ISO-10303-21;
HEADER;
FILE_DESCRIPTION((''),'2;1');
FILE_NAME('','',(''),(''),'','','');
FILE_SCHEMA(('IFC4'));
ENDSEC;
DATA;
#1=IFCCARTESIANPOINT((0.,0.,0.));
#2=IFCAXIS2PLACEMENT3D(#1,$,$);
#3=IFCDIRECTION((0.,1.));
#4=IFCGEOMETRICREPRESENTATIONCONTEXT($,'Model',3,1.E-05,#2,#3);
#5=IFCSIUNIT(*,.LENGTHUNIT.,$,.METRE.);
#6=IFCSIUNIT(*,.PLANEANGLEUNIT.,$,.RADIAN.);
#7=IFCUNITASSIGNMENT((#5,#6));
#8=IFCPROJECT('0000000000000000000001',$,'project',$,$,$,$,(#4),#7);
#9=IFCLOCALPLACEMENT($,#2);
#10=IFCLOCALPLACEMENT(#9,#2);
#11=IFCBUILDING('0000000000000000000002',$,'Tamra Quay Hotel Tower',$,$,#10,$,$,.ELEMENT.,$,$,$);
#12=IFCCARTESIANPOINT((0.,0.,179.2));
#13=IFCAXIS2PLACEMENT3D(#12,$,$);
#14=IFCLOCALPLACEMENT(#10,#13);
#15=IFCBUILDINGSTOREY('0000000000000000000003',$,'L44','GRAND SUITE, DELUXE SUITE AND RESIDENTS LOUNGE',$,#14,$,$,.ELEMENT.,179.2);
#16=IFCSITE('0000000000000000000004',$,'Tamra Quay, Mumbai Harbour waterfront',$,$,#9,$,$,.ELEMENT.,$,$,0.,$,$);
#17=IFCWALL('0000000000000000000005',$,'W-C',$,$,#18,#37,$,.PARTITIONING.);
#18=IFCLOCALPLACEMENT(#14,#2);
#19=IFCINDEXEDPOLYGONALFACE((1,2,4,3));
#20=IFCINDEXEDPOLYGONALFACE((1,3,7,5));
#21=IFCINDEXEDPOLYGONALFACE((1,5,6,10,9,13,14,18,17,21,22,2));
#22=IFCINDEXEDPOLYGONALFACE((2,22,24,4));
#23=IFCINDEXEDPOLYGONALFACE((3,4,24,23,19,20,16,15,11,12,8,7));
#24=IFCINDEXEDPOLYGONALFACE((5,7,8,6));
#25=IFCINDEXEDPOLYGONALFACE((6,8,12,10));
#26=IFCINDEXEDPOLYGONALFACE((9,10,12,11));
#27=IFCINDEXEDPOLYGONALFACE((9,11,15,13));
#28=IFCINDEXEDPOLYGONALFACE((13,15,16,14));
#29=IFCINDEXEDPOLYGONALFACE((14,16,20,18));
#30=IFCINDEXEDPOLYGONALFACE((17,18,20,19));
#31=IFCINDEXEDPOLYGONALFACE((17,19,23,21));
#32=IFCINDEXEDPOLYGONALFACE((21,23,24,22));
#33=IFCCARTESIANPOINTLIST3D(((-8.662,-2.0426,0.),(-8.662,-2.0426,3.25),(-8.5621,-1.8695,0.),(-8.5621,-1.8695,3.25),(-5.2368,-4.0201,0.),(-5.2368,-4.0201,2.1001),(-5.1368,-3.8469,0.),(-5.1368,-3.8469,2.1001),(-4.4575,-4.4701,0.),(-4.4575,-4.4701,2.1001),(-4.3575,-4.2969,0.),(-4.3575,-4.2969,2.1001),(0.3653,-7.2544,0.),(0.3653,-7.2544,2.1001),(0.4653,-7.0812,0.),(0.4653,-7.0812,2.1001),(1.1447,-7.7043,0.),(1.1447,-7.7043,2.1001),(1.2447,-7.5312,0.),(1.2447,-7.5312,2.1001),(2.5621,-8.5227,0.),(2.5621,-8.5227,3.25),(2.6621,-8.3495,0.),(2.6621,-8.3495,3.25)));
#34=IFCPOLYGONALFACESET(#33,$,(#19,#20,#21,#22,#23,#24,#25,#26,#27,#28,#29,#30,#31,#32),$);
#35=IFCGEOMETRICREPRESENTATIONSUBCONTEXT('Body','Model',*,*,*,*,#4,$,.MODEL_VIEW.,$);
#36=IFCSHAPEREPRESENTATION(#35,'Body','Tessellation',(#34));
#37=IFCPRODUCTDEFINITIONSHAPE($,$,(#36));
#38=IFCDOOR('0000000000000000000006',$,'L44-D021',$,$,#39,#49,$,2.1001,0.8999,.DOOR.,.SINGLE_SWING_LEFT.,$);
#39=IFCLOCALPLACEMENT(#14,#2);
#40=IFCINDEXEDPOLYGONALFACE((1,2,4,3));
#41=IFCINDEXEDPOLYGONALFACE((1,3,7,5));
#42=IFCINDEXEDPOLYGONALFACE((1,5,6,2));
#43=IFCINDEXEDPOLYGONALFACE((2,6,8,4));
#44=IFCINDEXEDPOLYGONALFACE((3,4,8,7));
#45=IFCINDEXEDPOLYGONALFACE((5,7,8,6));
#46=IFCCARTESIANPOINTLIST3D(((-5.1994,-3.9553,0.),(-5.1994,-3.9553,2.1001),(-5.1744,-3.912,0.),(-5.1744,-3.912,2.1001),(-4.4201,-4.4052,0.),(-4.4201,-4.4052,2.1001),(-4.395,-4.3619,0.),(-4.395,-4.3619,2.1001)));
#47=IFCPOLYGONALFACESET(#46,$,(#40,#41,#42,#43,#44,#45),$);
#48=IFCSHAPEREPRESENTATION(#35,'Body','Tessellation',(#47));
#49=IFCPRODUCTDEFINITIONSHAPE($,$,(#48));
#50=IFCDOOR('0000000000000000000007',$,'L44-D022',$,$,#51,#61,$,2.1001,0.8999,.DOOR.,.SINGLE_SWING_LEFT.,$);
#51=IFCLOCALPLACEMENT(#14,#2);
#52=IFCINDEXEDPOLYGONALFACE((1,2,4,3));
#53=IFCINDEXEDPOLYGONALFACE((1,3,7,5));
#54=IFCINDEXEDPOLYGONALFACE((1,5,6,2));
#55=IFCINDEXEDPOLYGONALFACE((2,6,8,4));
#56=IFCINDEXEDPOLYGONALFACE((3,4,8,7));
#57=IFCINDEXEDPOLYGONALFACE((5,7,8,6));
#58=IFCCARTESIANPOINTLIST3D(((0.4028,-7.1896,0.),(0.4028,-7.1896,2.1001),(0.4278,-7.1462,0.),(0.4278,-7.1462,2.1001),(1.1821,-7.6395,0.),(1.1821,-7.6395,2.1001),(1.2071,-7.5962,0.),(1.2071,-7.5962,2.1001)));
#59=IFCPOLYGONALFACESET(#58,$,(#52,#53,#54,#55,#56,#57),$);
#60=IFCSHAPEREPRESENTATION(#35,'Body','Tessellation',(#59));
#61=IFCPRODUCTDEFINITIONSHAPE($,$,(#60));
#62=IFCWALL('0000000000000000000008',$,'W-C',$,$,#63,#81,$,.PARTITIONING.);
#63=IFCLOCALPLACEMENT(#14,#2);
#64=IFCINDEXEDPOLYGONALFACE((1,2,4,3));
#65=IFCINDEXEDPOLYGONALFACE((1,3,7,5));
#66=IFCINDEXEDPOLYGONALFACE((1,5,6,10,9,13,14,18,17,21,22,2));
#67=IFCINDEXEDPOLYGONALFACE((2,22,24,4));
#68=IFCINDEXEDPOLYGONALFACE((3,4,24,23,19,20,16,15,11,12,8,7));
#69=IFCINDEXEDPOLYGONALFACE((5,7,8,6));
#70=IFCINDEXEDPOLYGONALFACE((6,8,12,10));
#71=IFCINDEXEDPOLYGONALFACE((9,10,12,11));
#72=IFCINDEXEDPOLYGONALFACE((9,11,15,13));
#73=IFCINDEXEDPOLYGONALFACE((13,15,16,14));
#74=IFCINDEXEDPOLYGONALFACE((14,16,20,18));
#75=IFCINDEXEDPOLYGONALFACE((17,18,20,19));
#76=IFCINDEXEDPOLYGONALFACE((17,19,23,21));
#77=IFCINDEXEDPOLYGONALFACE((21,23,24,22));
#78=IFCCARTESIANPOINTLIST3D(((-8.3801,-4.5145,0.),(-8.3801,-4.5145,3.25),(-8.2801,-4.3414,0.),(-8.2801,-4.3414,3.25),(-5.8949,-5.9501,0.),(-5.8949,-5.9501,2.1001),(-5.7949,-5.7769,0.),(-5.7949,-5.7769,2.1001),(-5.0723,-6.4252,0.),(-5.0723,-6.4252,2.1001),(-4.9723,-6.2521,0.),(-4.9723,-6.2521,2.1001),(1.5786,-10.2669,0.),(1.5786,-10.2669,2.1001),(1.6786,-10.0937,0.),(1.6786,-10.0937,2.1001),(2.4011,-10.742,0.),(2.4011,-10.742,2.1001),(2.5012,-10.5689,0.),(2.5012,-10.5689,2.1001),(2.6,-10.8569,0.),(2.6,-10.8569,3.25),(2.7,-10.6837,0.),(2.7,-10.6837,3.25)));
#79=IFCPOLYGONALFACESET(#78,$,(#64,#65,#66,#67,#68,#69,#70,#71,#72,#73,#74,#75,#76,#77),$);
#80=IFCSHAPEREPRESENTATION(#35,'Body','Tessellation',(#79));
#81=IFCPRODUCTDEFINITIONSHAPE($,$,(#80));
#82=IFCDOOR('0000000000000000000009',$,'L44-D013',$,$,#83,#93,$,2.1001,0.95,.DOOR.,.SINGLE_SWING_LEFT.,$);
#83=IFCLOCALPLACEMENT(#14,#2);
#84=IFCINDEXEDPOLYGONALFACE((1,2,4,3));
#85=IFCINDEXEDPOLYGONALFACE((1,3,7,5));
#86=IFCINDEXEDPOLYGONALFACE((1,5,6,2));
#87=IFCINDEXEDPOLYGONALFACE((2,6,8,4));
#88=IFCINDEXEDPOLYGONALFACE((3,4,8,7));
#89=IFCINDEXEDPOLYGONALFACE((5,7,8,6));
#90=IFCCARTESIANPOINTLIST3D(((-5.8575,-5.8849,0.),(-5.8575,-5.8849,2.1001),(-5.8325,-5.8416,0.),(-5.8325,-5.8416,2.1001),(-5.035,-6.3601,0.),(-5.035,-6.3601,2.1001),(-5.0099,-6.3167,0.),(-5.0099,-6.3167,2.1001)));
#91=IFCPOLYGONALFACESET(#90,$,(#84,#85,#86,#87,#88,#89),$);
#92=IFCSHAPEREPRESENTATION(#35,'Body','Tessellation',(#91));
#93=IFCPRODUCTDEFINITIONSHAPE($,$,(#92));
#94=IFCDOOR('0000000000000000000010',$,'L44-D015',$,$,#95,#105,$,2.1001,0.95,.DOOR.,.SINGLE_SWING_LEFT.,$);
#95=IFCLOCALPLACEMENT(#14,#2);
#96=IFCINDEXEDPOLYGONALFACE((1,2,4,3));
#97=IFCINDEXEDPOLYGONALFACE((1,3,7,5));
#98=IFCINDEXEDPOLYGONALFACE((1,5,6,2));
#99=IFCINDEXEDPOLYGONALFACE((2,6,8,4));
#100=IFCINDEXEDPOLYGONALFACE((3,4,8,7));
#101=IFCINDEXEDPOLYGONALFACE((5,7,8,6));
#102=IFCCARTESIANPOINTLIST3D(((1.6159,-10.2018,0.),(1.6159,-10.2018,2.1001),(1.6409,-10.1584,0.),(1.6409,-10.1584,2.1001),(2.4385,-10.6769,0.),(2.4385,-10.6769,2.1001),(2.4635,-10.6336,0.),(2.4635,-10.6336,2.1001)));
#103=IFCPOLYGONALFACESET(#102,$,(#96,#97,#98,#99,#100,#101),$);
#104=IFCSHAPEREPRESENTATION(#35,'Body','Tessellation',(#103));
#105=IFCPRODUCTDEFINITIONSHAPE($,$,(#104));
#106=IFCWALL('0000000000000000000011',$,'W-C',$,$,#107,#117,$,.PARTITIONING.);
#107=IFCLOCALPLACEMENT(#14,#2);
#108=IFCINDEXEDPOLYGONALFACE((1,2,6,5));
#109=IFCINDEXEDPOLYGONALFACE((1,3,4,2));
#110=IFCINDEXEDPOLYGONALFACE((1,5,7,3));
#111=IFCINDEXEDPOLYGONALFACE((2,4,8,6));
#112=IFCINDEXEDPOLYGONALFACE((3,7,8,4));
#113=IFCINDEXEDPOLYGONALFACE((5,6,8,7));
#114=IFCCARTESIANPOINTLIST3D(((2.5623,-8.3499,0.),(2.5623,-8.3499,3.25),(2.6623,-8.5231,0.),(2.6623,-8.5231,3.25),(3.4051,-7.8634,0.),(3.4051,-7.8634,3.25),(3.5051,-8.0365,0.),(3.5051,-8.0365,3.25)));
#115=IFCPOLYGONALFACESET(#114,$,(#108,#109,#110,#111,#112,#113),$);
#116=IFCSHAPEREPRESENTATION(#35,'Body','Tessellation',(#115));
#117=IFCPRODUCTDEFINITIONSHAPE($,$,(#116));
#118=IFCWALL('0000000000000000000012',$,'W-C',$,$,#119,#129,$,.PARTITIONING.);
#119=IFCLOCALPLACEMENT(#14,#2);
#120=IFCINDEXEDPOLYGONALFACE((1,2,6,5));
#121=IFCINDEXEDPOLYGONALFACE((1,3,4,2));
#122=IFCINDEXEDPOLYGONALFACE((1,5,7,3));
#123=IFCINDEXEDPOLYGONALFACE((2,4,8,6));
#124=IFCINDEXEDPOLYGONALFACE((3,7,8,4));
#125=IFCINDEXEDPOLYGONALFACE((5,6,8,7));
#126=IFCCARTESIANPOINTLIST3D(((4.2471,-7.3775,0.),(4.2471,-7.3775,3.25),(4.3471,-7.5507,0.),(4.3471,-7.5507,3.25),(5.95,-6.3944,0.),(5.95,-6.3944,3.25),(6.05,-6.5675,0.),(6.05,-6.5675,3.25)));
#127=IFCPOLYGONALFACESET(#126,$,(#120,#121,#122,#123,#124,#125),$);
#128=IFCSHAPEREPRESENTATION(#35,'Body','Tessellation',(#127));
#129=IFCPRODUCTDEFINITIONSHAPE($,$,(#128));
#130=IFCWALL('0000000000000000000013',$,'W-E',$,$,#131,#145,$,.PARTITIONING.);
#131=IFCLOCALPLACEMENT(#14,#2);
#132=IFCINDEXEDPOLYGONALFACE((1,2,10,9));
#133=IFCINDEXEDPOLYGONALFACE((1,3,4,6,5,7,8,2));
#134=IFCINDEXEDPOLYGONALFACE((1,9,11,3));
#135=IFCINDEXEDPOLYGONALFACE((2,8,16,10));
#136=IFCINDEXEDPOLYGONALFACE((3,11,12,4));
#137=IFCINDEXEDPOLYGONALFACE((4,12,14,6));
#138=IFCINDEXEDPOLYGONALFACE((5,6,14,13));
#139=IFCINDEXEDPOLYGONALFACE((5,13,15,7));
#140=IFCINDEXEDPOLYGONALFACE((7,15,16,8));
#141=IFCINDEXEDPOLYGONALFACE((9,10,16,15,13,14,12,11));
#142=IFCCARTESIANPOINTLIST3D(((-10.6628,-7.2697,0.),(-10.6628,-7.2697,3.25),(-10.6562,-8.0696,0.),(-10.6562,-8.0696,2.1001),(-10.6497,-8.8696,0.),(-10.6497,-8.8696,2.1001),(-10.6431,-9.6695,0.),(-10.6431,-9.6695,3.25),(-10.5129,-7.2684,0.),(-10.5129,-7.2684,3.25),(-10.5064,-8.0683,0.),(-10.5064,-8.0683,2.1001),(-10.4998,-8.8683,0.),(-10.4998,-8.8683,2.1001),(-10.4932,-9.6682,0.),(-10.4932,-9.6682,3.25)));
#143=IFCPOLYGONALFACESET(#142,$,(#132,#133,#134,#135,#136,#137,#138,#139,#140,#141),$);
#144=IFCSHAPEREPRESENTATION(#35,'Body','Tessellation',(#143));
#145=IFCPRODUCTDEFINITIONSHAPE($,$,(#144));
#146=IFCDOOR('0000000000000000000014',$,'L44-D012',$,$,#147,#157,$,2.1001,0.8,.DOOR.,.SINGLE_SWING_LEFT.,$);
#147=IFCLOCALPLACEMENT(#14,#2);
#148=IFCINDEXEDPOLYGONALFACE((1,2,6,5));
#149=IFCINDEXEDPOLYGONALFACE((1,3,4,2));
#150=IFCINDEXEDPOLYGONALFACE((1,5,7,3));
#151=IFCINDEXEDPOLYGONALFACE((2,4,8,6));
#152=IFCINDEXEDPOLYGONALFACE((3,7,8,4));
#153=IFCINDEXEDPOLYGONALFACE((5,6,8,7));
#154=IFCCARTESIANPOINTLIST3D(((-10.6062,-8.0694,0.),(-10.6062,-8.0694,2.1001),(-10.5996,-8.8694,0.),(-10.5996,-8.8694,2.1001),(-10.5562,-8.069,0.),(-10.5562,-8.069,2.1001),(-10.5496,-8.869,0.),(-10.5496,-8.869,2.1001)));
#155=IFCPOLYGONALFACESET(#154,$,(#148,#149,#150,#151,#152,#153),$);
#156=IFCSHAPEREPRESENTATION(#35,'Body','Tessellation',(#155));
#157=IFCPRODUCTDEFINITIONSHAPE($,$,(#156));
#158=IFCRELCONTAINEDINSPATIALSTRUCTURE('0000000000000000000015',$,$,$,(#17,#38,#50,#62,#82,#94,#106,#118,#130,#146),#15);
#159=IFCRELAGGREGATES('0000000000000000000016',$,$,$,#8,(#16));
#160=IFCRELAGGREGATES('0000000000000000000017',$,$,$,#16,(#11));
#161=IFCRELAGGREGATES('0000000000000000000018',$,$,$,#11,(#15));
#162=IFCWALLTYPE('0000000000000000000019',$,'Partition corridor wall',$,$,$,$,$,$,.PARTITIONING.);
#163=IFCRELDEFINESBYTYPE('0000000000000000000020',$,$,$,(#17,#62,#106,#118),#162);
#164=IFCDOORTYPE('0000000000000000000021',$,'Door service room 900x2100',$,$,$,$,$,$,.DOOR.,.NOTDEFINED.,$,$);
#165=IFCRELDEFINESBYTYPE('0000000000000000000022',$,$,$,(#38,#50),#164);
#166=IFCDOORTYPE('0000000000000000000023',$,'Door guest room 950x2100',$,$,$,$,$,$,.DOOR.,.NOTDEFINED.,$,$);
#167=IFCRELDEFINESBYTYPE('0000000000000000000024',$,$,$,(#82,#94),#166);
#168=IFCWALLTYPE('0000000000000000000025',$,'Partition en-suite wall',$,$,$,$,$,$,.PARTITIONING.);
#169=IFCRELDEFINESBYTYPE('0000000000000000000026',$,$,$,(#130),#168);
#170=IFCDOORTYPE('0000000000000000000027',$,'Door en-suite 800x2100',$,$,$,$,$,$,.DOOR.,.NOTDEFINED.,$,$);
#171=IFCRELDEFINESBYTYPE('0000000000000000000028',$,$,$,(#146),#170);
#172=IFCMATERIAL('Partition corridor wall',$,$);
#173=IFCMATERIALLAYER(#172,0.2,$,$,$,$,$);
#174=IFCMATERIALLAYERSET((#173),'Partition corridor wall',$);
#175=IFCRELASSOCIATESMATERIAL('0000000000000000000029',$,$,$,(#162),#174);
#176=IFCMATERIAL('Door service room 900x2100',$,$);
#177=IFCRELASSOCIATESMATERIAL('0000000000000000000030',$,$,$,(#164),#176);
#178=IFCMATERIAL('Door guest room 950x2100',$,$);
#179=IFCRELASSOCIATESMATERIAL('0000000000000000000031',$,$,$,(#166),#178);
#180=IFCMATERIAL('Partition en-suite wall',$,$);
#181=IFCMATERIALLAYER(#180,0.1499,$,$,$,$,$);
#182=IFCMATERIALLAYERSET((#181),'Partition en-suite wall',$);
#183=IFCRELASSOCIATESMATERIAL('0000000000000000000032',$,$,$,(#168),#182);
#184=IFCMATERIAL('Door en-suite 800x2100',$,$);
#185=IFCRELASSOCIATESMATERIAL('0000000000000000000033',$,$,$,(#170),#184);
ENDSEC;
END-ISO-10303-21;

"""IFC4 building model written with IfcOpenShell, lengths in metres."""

from ifc_helpers import new_model, si_unit, direction, frame, frame_2d, origin, place, context, subcontext, project, spatial, rectangle, extrude, material, layer, layer_set, type_object, element, fill, save


model = new_model("IFC4")

# Units and contexts
model_context = context("Model", 3, precision=1e-05, world=origin(), true_north=direction((0.0, 1.0)))
body_context = subcontext(model_context, "Body", "Model", "MODEL_VIEW")
ifc_project = project(units=[si_unit("LENGTHUNIT", "METRE"), si_unit("PLANEANGLEUNIT", "RADIAN")], contexts=[model_context])

# Site, building, storey
site_placement = place(None, origin())
site = spatial("IfcSite", under=ifc_project, at=site_placement, Name="Tamra Quay, Mumbai Harbour waterfront", CompositionType="ELEMENT", RefElevation=0.0)
building_placement = place(site_placement, origin())
building = spatial("IfcBuilding", under=site, at=building_placement, Name="Tamra Quay Hotel Tower", CompositionType="ELEMENT")
storey_placement = place(building_placement, frame((0.0, 0.0, 179.2)))
storey = spatial("IfcBuildingStorey", under=building, at=storey_placement, Name="L44", Description="GRAND SUITE, DELUXE SUITE AND RESIDENTS LOUNGE", CompositionType="ELEMENT", Elevation=179.2)

# Shared definitions
ifc_material_1 = material(Name="Partition corridor wall")
ifc_layer_1 = layer(ifc_material_1, 0.2)
ifc_layer_set_1 = layer_set([ifc_layer_1], Name="Partition corridor wall")
wall_type_1 = type_object("IfcWallType", Name="Partition corridor wall", PredefinedType="PARTITIONING", material=ifc_layer_set_1)

# Walls, openings, doors
wall_1_placement = place(storey_placement, frame((-8.6121, -1.9561, 0.0), z_axis=(0.0, 0.0, 1.0), x_axis=(0.866034, -0.499984, 0.0)))
wall_1 = element("IfcWall", 1, at=wall_1_placement, inside=storey, type_object=wall_type_1, Name="W-C", PredefinedType="PARTITIONING", context=body_context, shape_type="SweptSolid", body=[
    extrude(rectangle(XDim=12.9604, YDim=0.2, at=frame_2d((6.4802, 0.0))), origin(), (0.0, 0.0, 1.0), 3.25),
])
opening_1_placement = place(wall_1_placement, frame((3.9551, 0.0, 0.0)))
opening_1 = element("IfcOpeningElement", 2, at=opening_1_placement, cuts=wall_1, PredefinedType="OPENING", context=body_context, shape_type="SweptSolid", body=[
    extrude(rectangle(XDim=0.8999, YDim=2.1001, at=frame_2d((0.45, 1.05))), frame((0.0, 0.1099, 0.0), z_axis=(0.0, -1.0, 0.0), x_axis=(1.0, 0.0, 0.0)), (0.0, 0.0, 1.0), 0.22),
])
opening_2_placement = place(wall_1_placement, frame((10.4238, 0.0, 0.0)))
opening_2 = element("IfcOpeningElement", 3, at=opening_2_placement, cuts=wall_1, PredefinedType="OPENING", context=body_context, shape_type="SweptSolid", body=[
    extrude(rectangle(XDim=0.8999, YDim=2.1001, at=frame_2d((0.45, 1.05))), frame((0.0, 0.1099, 0.0), z_axis=(0.0, -1.0, 0.0), x_axis=(1.0, 0.0, 0.0)), (0.0, 0.0, 1.0), 0.22),
])
ifc_material_2 = material(Name="Door service room 900x2100")
door_type_1 = type_object("IfcDoorType", Name="Door service room 900x2100", OperationType="NOTDEFINED", PredefinedType="DOOR", material=ifc_material_2)
door_1_placement = place(opening_1_placement, origin())
door_1 = element("IfcDoor", 4, at=door_1_placement, inside=storey, type_object=door_type_1, Name="L44-D021", OperationType="SINGLE_SWING_LEFT", OverallHeight=2.1001, OverallWidth=0.8999, PredefinedType="DOOR", context=body_context, shape_type="SweptSolid", body=[
    extrude(rectangle(XDim=0.8999, YDim=2.1001, at=frame_2d((0.45, 1.05))), frame((0.0, 0.0249, 0.0), z_axis=(0.0, -1.0, 0.0), x_axis=(1.0, 0.0, 0.0)), (0.0, 0.0, 1.0), 0.05),
])
fill(opening_1, door_1)
door_2_placement = place(opening_2_placement, origin())
door_2 = element("IfcDoor", 5, at=door_2_placement, inside=storey, type_object=door_type_1, Name="L44-D022", OperationType="SINGLE_SWING_LEFT", OverallHeight=2.1001, OverallWidth=0.8999, PredefinedType="DOOR", context=body_context, shape_type="SweptSolid", body=[
    extrude(rectangle(XDim=0.8999, YDim=2.1001, at=frame_2d((0.45, 1.05))), frame((0.0, 0.0249, 0.0), z_axis=(0.0, -1.0, 0.0), x_axis=(1.0, 0.0, 0.0)), (0.0, 0.0, 1.0), 0.05),
])
fill(opening_2, door_2)
wall_2_placement = place(storey_placement, frame((-8.3301, -4.428, 0.0), z_axis=(0.0, 0.0, 1.0), x_axis=(0.865923, -0.500177, 0.0)))
wall_2 = element("IfcWall", 6, at=wall_2_placement, inside=storey, type_object=wall_type_1, Name="W-C", PredefinedType="PARTITIONING", context=body_context, shape_type="SweptSolid", body=[
    extrude(rectangle(XDim=12.6802, YDim=0.2, at=frame_2d((6.3401, 0.0))), origin(), (0.0, 0.0, 1.0), 3.25),
])
opening_3_placement = place(wall_2_placement, frame((2.8699, 0.0, 0.0)))
opening_3 = element("IfcOpeningElement", 7, at=opening_3_placement, cuts=wall_2, PredefinedType="OPENING", context=body_context, shape_type="SweptSolid", body=[
    extrude(rectangle(XDim=0.95, YDim=2.1001, at=frame_2d((0.4751, 1.05))), frame((0.0, 0.1099, 0.0), z_axis=(0.0, -1.0, 0.0), x_axis=(1.0, 0.0, 0.0)), (0.0, 0.0, 1.0), 0.22),
])
opening_4_placement = place(wall_2_placement, frame((11.5005, 0.0, 0.0)))
opening_4 = element("IfcOpeningElement", 8, at=opening_4_placement, cuts=wall_2, PredefinedType="OPENING", context=body_context, shape_type="SweptSolid", body=[
    extrude(rectangle(XDim=0.95, YDim=2.1001, at=frame_2d((0.4751, 1.05))), frame((0.0, 0.1099, 0.0), z_axis=(0.0, -1.0, 0.0), x_axis=(1.0, 0.0, 0.0)), (0.0, 0.0, 1.0), 0.22),
])
ifc_material_3 = material(Name="Door guest room 950x2100")
door_type_2 = type_object("IfcDoorType", Name="Door guest room 950x2100", OperationType="NOTDEFINED", PredefinedType="DOOR", material=ifc_material_3)
door_3_placement = place(opening_3_placement, frame((0.95, 0.0, 0.0), z_axis=(0.0, 0.0, 1.0), x_axis=(-1.0, 0.0, 0.0)))
door_3 = element("IfcDoor", 9, at=door_3_placement, inside=storey, type_object=door_type_2, Name="L44-D013", OperationType="SINGLE_SWING_LEFT", OverallHeight=2.1001, OverallWidth=0.95, PredefinedType="DOOR", context=body_context, shape_type="SweptSolid", body=[
    extrude(rectangle(XDim=0.95, YDim=2.1001, at=frame_2d((0.4751, 1.05))), frame((0.0, 0.0249, 0.0), z_axis=(0.0, -1.0, 0.0), x_axis=(1.0, 0.0, 0.0)), (0.0, 0.0, 1.0), 0.05),
])
fill(opening_3, door_3)
door_4_placement = place(opening_4_placement, frame((0.95, 0.0, 0.0), z_axis=(0.0, 0.0, 1.0), x_axis=(-1.0, 0.0, 0.0)))
door_4 = element("IfcDoor", 10, at=door_4_placement, inside=storey, type_object=door_type_2, Name="L44-D015", OperationType="SINGLE_SWING_LEFT", OverallHeight=2.1001, OverallWidth=0.95, PredefinedType="DOOR", context=body_context, shape_type="SweptSolid", body=[
    extrude(rectangle(XDim=0.95, YDim=2.1001, at=frame_2d((0.4751, 1.05))), frame((0.0, 0.0249, 0.0), z_axis=(0.0, -1.0, 0.0), x_axis=(1.0, 0.0, 0.0)), (0.0, 0.0, 1.0), 0.05),
])
fill(opening_4, door_4)

# Walls
wall_3_placement = place(storey_placement, frame((2.6123, -8.4365, 0.0), z_axis=(0.0, 0.0, 1.0), x_axis=(0.866027, 0.499998, 0.0)))
element("IfcWall", 11, at=wall_3_placement, inside=storey, type_object=wall_type_1, Name="W-C", PredefinedType="PARTITIONING", context=body_context, shape_type="SweptSolid", body=[
    extrude(rectangle(XDim=0.9731, YDim=0.2, at=frame_2d((0.4866, 0.0))), origin(), (0.0, 0.0, 1.0), 3.25),
])
wall_4_placement = place(storey_placement, frame((4.2971, -7.4641, 0.0), z_axis=(0.0, 0.0, 1.0), x_axis=(0.866026, 0.499998, 0.0)))
element("IfcWall", 12, at=wall_4_placement, inside=storey, type_object=wall_type_1, Name="W-C", PredefinedType="PARTITIONING", context=body_context, shape_type="SweptSolid", body=[
    extrude(rectangle(XDim=1.9663, YDim=0.2, at=frame_2d((0.9832, 0.0))), origin(), (0.0, 0.0, 1.0), 3.25),
])

# Wall, opening, door
ifc_material_4 = material(Name="Partition en-suite wall")
ifc_layer_2 = layer(ifc_material_4, 0.1499)
ifc_layer_set_2 = layer_set([ifc_layer_2], Name="Partition en-suite wall")
wall_type_2 = type_object("IfcWallType", Name="Partition en-suite wall", PredefinedType="PARTITIONING", material=ifc_layer_set_2)
wall_5_placement = place(storey_placement, frame((-10.5879, -7.269, 0.0), z_axis=(0.0, 0.0, 1.0), x_axis=(0.00824, -0.999966, 0.0)))
wall_5 = element("IfcWall", 13, at=wall_5_placement, inside=storey, type_object=wall_type_2, Name="W-E", PredefinedType="PARTITIONING", context=body_context, shape_type="SweptSolid", body=[
    extrude(rectangle(XDim=2.3999, YDim=0.1499, at=frame_2d((1.2, 0.0))), origin(), (0.0, 0.0, 1.0), 3.25),
])
opening_5_placement = place(wall_5_placement, frame((0.8, 0.0, 0.0)))
opening_5 = element("IfcOpeningElement", 14, at=opening_5_placement, cuts=wall_5, PredefinedType="OPENING", context=body_context, shape_type="SweptSolid", body=[
    extrude(rectangle(XDim=0.8, YDim=2.1001, at=frame_2d((0.3999, 1.05))), frame((0.0, 0.085, 0.0), z_axis=(0.0, -1.0, 0.0), x_axis=(1.0, 0.0, 0.0)), (0.0, 0.0, 1.0), 0.1699),
])
ifc_material_5 = material(Name="Door en-suite 800x2100")
door_type_3 = type_object("IfcDoorType", Name="Door en-suite 800x2100", OperationType="NOTDEFINED", PredefinedType="DOOR", material=ifc_material_5)
door_5_placement = place(opening_5_placement, frame((0.8, 0.0, 0.0), z_axis=(0.0, 0.0, 1.0), x_axis=(-1.0, 0.0, 0.0)))
door_5 = element("IfcDoor", 15, at=door_5_placement, inside=storey, type_object=door_type_3, Name="L44-D012", OperationType="SINGLE_SWING_LEFT", OverallHeight=2.1001, OverallWidth=0.8, PredefinedType="DOOR", context=body_context, shape_type="SweptSolid", body=[
    extrude(rectangle(XDim=0.8, YDim=2.1001, at=frame_2d((0.3999, 1.05))), frame((0.0, 0.0249, 0.0), z_axis=(0.0, -1.0, 0.0), x_axis=(1.0, 0.0, 0.0)), (0.0, 0.0, 1.0), 0.05),
])
fill(opening_5, door_5)

save(model, "model.ifc")
